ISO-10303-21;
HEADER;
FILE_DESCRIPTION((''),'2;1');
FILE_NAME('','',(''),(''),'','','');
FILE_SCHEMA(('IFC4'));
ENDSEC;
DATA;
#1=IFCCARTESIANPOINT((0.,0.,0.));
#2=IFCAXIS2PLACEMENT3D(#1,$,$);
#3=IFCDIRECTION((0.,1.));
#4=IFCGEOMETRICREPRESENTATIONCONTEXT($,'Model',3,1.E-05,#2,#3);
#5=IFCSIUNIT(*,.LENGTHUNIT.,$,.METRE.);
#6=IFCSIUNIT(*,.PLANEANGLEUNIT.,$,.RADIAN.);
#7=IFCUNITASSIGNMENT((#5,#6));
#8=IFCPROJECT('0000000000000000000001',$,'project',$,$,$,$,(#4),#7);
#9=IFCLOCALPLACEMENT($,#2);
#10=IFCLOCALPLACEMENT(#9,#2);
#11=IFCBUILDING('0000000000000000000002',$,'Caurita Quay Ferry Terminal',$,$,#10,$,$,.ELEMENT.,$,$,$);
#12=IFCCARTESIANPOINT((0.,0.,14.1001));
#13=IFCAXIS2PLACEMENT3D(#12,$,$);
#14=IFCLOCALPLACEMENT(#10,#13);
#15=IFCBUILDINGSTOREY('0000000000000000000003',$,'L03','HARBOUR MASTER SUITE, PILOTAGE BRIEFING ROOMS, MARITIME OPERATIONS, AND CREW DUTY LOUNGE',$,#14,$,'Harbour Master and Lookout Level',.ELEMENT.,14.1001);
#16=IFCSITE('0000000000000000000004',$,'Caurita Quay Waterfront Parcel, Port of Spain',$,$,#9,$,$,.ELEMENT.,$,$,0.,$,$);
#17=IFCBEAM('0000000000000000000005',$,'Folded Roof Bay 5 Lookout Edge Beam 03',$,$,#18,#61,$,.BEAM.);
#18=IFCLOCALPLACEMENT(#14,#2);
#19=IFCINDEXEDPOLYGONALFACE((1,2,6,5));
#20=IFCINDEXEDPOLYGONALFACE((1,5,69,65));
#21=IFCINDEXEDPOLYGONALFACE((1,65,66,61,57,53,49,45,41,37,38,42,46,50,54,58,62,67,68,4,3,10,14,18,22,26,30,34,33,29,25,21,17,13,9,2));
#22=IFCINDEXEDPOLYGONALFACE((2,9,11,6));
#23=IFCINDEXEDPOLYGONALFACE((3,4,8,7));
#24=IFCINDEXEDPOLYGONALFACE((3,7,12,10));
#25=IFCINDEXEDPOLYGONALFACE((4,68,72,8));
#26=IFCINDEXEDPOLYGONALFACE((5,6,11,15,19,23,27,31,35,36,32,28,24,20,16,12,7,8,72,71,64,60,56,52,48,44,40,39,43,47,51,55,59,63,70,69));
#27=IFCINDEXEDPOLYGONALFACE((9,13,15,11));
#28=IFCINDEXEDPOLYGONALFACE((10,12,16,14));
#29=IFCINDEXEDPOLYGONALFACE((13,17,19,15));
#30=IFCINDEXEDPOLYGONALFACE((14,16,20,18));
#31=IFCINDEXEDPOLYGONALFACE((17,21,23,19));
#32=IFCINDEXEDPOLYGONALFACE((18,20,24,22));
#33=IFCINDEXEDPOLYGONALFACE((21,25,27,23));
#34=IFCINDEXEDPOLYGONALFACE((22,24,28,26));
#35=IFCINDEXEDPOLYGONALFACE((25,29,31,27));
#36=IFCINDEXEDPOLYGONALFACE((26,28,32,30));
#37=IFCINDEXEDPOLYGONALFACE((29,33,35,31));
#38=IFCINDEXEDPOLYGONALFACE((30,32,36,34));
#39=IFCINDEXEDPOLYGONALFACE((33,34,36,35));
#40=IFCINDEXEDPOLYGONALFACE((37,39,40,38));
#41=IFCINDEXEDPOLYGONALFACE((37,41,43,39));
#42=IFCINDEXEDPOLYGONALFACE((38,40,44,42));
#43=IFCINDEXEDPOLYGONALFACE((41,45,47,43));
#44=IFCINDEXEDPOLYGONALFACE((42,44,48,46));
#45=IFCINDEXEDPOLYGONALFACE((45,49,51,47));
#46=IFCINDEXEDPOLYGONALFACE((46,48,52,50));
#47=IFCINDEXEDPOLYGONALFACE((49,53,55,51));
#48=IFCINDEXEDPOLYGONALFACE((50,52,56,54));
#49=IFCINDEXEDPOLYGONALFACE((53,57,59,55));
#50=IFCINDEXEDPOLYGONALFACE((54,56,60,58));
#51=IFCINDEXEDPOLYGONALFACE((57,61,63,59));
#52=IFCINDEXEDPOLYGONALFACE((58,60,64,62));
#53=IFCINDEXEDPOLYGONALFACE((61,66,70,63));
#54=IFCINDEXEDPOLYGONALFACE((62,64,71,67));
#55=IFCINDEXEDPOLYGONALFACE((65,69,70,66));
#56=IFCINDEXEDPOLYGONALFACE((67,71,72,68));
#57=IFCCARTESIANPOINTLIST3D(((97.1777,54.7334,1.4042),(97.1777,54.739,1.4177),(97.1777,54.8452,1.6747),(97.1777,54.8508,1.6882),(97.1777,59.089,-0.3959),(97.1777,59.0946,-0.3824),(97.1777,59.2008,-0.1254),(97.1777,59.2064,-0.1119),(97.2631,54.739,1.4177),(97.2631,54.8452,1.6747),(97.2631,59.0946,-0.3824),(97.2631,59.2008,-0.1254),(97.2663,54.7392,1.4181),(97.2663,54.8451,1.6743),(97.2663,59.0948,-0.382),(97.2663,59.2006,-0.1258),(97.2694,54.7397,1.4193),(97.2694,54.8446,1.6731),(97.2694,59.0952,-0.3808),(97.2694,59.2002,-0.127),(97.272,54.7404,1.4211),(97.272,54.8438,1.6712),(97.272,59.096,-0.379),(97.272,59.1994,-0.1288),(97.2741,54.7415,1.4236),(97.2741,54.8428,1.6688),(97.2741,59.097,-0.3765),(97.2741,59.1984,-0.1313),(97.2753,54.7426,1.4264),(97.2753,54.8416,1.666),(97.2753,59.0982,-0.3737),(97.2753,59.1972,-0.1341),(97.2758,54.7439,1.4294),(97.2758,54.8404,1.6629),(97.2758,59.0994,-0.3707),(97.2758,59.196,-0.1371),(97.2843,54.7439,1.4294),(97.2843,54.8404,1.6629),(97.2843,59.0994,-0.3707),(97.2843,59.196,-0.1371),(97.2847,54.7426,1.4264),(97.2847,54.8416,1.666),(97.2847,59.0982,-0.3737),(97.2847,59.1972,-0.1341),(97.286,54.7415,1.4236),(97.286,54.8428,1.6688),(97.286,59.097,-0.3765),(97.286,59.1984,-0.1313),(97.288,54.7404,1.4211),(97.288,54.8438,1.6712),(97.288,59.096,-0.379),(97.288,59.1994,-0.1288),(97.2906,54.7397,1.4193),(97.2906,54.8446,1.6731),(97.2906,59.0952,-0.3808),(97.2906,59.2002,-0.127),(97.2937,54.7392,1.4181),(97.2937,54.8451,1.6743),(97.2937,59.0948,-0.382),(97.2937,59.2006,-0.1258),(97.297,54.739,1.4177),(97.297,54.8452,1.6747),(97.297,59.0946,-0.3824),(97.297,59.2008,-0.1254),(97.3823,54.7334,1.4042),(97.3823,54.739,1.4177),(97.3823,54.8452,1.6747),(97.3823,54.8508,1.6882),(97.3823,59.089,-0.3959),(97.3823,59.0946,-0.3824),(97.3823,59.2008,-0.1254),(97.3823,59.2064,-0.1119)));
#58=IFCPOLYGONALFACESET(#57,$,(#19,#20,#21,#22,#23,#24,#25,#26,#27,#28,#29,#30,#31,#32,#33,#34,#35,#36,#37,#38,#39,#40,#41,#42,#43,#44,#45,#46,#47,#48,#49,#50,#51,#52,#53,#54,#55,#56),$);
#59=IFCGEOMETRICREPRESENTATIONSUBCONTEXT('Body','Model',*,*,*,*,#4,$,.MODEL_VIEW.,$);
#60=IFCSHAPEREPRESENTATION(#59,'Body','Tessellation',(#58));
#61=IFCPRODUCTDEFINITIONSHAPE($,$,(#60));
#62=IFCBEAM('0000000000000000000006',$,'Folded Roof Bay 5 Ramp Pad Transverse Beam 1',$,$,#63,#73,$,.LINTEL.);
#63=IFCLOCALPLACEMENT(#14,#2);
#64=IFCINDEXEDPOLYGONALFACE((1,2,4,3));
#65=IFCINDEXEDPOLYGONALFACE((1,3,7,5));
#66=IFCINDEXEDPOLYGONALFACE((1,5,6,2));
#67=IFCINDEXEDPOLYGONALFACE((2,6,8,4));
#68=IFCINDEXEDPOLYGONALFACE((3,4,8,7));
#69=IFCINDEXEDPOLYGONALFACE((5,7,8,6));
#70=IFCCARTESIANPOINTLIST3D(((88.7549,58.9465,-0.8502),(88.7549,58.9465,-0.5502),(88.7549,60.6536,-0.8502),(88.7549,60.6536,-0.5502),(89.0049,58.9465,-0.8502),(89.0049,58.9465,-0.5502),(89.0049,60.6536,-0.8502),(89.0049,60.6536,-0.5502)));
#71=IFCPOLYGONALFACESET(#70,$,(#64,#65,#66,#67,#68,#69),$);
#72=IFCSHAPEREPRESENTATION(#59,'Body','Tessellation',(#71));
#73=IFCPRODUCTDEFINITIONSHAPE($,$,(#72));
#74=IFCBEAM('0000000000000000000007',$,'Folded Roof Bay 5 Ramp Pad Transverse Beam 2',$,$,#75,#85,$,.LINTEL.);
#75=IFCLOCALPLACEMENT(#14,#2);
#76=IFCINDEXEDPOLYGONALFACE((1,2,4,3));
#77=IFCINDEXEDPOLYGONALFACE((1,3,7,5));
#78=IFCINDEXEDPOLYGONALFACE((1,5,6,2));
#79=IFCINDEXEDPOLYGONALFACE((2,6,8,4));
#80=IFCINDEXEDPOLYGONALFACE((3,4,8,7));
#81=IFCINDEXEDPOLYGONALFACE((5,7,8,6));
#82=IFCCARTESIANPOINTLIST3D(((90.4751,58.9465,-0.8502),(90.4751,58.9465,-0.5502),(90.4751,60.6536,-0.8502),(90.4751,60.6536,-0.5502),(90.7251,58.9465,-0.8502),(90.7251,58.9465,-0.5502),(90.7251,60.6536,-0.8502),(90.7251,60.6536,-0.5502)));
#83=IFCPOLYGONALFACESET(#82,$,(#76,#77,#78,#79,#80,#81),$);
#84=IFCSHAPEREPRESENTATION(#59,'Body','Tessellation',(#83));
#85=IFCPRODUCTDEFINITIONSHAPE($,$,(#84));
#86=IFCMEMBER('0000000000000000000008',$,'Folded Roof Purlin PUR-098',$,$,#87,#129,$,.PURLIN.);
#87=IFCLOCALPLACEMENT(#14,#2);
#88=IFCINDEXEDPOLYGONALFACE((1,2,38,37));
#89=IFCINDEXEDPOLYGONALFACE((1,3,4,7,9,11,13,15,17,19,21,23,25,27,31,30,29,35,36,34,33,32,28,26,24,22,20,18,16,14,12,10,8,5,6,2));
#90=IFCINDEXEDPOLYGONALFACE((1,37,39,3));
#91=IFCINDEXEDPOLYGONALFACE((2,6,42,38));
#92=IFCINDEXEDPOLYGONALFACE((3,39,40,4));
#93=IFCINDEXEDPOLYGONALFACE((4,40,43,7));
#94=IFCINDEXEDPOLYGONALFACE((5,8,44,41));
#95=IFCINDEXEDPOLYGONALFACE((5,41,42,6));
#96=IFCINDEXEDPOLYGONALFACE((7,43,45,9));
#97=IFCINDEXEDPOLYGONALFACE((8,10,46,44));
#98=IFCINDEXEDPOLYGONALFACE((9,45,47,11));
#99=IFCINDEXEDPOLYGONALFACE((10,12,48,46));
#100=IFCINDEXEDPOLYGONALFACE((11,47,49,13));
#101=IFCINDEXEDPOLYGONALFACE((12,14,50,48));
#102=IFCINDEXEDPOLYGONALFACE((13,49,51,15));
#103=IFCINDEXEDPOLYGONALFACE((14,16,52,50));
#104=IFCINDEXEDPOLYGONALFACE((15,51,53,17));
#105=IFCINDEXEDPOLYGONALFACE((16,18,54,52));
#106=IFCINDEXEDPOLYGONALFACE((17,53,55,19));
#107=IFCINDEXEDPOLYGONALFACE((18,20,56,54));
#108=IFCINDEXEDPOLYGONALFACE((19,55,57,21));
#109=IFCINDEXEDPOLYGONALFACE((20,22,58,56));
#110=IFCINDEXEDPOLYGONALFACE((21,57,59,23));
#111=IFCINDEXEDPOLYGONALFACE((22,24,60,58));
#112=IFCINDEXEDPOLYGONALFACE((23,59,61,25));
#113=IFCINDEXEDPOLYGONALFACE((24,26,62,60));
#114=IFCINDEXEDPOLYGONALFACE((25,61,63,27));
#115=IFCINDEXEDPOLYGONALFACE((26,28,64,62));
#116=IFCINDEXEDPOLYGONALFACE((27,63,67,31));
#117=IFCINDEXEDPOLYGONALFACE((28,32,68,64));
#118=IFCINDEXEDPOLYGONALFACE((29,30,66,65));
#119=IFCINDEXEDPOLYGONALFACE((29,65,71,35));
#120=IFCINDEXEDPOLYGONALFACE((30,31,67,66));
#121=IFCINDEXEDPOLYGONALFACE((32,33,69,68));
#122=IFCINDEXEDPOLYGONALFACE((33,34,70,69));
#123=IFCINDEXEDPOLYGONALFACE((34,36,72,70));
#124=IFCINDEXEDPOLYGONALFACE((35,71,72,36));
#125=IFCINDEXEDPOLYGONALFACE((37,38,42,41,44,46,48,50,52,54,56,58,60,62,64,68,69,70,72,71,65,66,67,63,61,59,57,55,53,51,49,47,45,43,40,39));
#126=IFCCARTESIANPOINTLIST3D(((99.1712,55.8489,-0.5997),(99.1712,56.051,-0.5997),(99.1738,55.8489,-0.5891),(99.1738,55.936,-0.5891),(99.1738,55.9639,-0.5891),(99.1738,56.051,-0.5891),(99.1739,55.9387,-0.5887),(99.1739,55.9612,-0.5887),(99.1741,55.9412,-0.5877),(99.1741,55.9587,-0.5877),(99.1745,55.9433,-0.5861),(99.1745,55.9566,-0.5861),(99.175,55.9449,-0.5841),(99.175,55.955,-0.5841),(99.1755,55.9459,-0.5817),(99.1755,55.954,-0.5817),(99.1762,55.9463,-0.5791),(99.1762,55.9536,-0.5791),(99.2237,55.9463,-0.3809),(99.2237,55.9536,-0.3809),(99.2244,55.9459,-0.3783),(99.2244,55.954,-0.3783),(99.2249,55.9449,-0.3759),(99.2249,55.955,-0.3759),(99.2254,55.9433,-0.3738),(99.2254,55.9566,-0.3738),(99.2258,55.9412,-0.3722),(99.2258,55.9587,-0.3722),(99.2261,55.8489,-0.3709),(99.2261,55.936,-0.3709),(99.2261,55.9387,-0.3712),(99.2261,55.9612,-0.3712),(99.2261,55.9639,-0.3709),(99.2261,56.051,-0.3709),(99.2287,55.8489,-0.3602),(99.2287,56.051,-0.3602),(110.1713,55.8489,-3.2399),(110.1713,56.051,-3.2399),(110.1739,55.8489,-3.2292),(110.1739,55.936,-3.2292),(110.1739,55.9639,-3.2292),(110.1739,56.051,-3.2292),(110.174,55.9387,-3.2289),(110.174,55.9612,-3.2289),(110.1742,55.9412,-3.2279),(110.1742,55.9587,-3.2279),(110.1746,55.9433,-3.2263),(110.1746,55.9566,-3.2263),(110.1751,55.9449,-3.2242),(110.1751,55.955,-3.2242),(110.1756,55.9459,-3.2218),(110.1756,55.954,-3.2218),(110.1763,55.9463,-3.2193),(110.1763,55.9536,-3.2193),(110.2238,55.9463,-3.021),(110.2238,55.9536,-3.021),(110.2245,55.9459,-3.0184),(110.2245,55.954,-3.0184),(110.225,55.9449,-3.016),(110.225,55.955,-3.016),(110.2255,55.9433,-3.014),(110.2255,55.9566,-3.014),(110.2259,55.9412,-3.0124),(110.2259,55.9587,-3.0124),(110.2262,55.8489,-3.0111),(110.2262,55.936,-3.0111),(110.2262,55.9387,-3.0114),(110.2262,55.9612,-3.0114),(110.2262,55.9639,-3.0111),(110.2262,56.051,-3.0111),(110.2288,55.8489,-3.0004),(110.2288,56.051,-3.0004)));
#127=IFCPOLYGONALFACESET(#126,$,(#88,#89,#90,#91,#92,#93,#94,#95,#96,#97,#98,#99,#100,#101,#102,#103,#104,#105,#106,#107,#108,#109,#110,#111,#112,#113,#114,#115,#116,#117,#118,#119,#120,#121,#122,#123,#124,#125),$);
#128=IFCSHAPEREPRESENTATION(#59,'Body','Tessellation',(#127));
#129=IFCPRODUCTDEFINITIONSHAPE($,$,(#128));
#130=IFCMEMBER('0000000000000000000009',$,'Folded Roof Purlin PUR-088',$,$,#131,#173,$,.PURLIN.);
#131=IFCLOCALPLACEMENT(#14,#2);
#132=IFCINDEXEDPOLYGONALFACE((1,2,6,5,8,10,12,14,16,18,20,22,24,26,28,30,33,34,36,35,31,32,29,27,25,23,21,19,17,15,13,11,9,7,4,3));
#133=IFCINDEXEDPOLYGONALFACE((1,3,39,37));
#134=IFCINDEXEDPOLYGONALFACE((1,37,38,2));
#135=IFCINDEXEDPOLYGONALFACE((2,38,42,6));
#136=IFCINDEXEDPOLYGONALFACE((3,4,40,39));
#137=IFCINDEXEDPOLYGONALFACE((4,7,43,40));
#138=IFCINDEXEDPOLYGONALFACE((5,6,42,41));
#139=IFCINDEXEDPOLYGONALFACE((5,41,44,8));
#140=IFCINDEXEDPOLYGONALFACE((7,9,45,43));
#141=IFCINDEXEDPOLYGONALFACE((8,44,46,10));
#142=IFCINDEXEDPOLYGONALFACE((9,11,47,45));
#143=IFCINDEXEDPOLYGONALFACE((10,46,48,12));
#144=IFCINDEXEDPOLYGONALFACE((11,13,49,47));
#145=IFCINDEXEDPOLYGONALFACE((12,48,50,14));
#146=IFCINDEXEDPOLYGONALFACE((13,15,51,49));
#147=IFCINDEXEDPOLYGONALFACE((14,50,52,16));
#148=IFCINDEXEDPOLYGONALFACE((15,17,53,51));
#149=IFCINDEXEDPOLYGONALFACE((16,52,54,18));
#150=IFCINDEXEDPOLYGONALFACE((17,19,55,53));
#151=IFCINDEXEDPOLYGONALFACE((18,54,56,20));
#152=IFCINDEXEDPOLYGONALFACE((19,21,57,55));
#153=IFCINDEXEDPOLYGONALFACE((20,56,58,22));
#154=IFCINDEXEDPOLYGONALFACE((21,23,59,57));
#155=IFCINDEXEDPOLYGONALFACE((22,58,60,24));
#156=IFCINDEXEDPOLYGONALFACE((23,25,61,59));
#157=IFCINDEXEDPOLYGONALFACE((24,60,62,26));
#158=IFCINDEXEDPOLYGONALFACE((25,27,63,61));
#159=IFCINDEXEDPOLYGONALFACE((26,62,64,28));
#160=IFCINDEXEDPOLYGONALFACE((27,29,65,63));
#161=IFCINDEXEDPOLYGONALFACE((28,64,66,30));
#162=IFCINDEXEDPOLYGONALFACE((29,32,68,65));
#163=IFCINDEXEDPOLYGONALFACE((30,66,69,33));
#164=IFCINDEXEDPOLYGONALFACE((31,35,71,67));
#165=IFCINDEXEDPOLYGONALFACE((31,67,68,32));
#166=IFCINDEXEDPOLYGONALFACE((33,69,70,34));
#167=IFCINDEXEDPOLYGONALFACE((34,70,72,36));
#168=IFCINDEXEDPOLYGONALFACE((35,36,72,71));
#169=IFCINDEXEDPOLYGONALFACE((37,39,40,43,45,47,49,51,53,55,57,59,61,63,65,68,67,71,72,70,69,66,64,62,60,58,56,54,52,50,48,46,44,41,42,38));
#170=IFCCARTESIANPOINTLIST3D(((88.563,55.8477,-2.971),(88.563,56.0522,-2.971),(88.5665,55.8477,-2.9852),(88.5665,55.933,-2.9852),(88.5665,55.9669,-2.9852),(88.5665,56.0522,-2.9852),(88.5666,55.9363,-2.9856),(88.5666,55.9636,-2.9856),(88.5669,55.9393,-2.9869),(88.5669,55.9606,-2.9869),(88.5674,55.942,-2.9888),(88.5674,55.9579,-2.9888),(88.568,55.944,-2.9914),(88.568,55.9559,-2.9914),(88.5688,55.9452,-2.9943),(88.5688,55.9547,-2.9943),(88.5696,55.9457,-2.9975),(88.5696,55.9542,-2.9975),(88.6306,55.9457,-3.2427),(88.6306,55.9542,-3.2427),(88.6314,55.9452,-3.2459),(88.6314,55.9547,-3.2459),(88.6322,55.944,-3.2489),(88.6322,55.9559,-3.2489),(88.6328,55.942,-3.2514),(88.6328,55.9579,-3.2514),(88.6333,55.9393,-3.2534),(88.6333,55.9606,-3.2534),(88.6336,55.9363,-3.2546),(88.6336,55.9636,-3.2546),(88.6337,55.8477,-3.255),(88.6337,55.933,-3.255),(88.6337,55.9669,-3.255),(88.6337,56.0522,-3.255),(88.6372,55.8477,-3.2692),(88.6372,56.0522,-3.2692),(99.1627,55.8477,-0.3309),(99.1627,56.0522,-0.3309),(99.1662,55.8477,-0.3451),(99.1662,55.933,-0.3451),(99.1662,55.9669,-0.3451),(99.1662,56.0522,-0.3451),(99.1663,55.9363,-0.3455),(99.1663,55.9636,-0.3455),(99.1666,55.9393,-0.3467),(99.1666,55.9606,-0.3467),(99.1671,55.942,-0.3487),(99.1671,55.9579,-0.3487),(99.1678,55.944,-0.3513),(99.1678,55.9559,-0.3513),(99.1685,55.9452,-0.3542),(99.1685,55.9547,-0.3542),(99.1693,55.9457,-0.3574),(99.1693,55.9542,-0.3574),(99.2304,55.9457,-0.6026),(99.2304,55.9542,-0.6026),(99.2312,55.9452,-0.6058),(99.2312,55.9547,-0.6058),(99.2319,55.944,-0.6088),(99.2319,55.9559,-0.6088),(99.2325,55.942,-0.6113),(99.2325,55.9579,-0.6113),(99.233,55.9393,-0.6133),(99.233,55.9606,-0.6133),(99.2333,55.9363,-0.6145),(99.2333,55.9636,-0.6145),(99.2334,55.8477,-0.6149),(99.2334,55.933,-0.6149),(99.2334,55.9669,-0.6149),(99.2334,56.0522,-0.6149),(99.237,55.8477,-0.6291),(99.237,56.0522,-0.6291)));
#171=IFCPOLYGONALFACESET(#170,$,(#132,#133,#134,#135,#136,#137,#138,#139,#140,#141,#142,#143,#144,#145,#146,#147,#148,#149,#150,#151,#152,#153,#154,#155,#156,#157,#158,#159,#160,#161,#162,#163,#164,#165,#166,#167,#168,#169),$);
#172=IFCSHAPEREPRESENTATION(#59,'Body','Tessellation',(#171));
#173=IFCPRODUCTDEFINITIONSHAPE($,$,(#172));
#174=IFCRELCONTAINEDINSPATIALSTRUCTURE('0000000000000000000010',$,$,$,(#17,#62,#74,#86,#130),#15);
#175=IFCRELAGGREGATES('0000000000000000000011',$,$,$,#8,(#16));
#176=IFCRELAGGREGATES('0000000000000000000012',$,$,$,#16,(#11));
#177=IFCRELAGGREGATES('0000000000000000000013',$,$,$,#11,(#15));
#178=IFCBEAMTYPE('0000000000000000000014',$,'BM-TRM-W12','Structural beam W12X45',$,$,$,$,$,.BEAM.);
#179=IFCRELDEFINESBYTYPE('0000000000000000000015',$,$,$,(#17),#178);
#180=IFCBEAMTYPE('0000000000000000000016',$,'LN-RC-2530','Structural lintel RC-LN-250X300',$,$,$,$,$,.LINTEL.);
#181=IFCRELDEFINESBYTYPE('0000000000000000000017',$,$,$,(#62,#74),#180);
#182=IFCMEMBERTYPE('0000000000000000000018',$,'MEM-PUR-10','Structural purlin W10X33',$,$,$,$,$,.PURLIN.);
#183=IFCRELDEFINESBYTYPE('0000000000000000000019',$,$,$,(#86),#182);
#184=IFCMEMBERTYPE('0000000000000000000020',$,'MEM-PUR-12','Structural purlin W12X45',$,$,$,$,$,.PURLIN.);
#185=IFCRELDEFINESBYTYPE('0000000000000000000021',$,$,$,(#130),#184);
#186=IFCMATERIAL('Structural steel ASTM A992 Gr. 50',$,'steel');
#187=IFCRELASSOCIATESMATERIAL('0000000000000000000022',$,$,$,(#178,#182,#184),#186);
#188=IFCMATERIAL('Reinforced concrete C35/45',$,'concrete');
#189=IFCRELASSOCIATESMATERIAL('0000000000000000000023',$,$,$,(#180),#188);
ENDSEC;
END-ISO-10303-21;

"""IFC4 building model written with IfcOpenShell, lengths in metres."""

from ifc_helpers import new_model, si_unit, direction, frame, origin, origin_2d, place, context, subcontext, project, spatial, rectangle, i_section, extrude, material, material_profile, profile_set, type_object, element, save


model = new_model("IFC4")

# Units and contexts
model_context = context("Model", 3, precision=1e-05, world=origin(), true_north=direction((0.0, 1.0)))
body_context = subcontext(model_context, "Body", "Model", "MODEL_VIEW")
ifc_project = project(units=[si_unit("LENGTHUNIT", "METRE"), si_unit("PLANEANGLEUNIT", "RADIAN")], contexts=[model_context])

# Site, building, storey
site_placement = place(None, origin())
site = spatial("IfcSite", under=ifc_project, at=site_placement, Name="Caurita Quay Waterfront Parcel, Port of Spain", CompositionType="ELEMENT", RefElevation=0.0)
building_placement = place(site_placement, origin())
building = spatial("IfcBuilding", under=site, at=building_placement, Name="Caurita Quay Ferry Terminal", CompositionType="ELEMENT")
storey_placement = place(building_placement, frame((0.0, 0.0, 14.1001)))
storey = spatial("IfcBuildingStorey", under=building, at=storey_placement, Name="L03", Description="HARBOUR MASTER SUITE, PILOTAGE BRIEFING ROOMS, MARITIME OPERATIONS, AND CREW DUTY LOUNGE", LongName="Harbour Master and Lookout Level", CompositionType="ELEMENT", Elevation=14.1001)

# Beams
ifc_material_1 = material(Name="Structural steel ASTM A992 Gr. 50", Category="steel")
ifc_material_profile_1 = material_profile(ifc_material_1, i_section(OverallWidth=0.2046, OverallDepth=0.3074, WebThickness=0.0085, FlangeThickness=0.0146, FilletRadius=0.0127, at=origin_2d()), Name="W12X45")
ifc_profile_set_1 = profile_set([ifc_material_profile_1], Name="Structural steel ASTM A992 Gr. 50")
beam_type_1 = type_object("IfcBeamType", Name="BM-TRM-W12", Description="Structural beam W12X45", PredefinedType="BEAM", material=ifc_profile_set_1)
beam_1_placement = place(storey_placement, frame((97.28, 59.1477, -0.2539), z_axis=(0.0, -0.924183, 0.381951), x_axis=(1.0, 0.0, 0.0)))
element("IfcBeam", 1, at=beam_1_placement, inside=storey, type_object=beam_type_1, Name="Folded Roof Bay 5 Lookout Edge Beam 03", PredefinedType="BEAM", context=body_context, shape_type="SweptSolid", body=[
    extrude(i_section(OverallWidth=0.2046, OverallDepth=0.3074, WebThickness=0.0085, FlangeThickness=0.0146, FilletRadius=0.0127, at=origin_2d()), origin(), (0.0, 0.0, 1.0), 4.7129),
])
ifc_material_2 = material(Name="Reinforced concrete C35/45", Category="concrete")
ifc_material_profile_2 = material_profile(ifc_material_2, rectangle(XDim=0.25, YDim=0.3, at=origin_2d()), Name="RC-LN-250X300")
ifc_profile_set_2 = profile_set([ifc_material_profile_2], Name="Reinforced concrete C35/45")
beam_type_2 = type_object("IfcBeamType", Name="LN-RC-2530", Description="Structural lintel RC-LN-250X300", PredefinedType="LINTEL", material=ifc_profile_set_2)
for number, where, z_axis, x_axis, name in (
    (2, (88.8799, 58.9465, -0.7002), (0.0, 1.0, 0.0), (-1.0, 0.0, 0.0), "Folded Roof Bay 5 Ramp Pad Transverse Beam 1"),
    (3, (90.6001, 58.9465, -0.7002), (0.0, 1.0, 0.0), (-1.0, 0.0, 0.0), "Folded Roof Bay 5 Ramp Pad Transverse Beam 2"),
):
    element("IfcBeam", number, at=place(storey_placement, frame(where, z_axis=z_axis, x_axis=x_axis)), inside=storey, type_object=beam_type_2, Name=name, PredefinedType="LINTEL", context=body_context, shape_type="SweptSolid", body=[
        extrude(rectangle(XDim=0.25, YDim=0.3, at=origin_2d()), origin(), (0.0, 0.0, 1.0), 1.707),
    ])

# Members
ifc_material_profile_3 = material_profile(ifc_material_1, i_section(OverallWidth=0.2021, OverallDepth=0.2463, WebThickness=0.0073, FlangeThickness=0.011, FilletRadius=0.0103, at=origin_2d()), Name="W10X33")
ifc_profile_set_3 = profile_set([ifc_material_profile_3], Name="Structural steel ASTM A992 Gr. 50")
member_type_1 = type_object("IfcMemberType", Name="MEM-PUR-10", Description="Structural purlin W10X33", PredefinedType="PURLIN", material=ifc_profile_set_3)
member_1_placement = place(storey_placement, frame((99.2, 55.95, -0.48), z_axis=(0.972385, 0.0, -0.233384), x_axis=(0.0, 1.0, 0.0)))
element("IfcMember", 4, at=member_1_placement, inside=storey, type_object=member_type_1, Name="Folded Roof Purlin PUR-098", PredefinedType="PURLIN", context=body_context, shape_type="SweptSolid", body=[
    extrude(i_section(OverallWidth=0.2021, OverallDepth=0.2463, WebThickness=0.0073, FlangeThickness=0.011, FilletRadius=0.0103, at=origin_2d()), origin(), (0.0, 0.0, 1.0), 11.3125),
])
ifc_material_profile_4 = material_profile(ifc_material_1, i_section(OverallWidth=0.2046, OverallDepth=0.3074, WebThickness=0.0085, FlangeThickness=0.0146, FilletRadius=0.0127, at=origin_2d()), Name="W12X45")
ifc_profile_set_4 = profile_set([ifc_material_profile_4], Name="Structural steel ASTM A992 Gr. 50")
member_type_2 = type_object("IfcMemberType", Name="MEM-PUR-12", Description="Structural purlin W12X45", PredefinedType="PURLIN", material=ifc_profile_set_4)
member_2_placement = place(storey_placement, frame((88.6001, 55.95, -3.1201), z_axis=(0.970354, 0.0, 0.241689), x_axis=(0.0, 1.0, 0.0)))
element("IfcMember", 5, at=member_2_placement, inside=storey, type_object=member_type_2, Name="Folded Roof Purlin PUR-088", PredefinedType="PURLIN", context=body_context, shape_type="SweptSolid", body=[
    extrude(i_section(OverallWidth=0.2046, OverallDepth=0.3074, WebThickness=0.0085, FlangeThickness=0.0146, FilletRadius=0.0127, at=origin_2d()), origin(), (0.0, 0.0, 1.0), 10.9236),
])

save(model, "model.ifc")
